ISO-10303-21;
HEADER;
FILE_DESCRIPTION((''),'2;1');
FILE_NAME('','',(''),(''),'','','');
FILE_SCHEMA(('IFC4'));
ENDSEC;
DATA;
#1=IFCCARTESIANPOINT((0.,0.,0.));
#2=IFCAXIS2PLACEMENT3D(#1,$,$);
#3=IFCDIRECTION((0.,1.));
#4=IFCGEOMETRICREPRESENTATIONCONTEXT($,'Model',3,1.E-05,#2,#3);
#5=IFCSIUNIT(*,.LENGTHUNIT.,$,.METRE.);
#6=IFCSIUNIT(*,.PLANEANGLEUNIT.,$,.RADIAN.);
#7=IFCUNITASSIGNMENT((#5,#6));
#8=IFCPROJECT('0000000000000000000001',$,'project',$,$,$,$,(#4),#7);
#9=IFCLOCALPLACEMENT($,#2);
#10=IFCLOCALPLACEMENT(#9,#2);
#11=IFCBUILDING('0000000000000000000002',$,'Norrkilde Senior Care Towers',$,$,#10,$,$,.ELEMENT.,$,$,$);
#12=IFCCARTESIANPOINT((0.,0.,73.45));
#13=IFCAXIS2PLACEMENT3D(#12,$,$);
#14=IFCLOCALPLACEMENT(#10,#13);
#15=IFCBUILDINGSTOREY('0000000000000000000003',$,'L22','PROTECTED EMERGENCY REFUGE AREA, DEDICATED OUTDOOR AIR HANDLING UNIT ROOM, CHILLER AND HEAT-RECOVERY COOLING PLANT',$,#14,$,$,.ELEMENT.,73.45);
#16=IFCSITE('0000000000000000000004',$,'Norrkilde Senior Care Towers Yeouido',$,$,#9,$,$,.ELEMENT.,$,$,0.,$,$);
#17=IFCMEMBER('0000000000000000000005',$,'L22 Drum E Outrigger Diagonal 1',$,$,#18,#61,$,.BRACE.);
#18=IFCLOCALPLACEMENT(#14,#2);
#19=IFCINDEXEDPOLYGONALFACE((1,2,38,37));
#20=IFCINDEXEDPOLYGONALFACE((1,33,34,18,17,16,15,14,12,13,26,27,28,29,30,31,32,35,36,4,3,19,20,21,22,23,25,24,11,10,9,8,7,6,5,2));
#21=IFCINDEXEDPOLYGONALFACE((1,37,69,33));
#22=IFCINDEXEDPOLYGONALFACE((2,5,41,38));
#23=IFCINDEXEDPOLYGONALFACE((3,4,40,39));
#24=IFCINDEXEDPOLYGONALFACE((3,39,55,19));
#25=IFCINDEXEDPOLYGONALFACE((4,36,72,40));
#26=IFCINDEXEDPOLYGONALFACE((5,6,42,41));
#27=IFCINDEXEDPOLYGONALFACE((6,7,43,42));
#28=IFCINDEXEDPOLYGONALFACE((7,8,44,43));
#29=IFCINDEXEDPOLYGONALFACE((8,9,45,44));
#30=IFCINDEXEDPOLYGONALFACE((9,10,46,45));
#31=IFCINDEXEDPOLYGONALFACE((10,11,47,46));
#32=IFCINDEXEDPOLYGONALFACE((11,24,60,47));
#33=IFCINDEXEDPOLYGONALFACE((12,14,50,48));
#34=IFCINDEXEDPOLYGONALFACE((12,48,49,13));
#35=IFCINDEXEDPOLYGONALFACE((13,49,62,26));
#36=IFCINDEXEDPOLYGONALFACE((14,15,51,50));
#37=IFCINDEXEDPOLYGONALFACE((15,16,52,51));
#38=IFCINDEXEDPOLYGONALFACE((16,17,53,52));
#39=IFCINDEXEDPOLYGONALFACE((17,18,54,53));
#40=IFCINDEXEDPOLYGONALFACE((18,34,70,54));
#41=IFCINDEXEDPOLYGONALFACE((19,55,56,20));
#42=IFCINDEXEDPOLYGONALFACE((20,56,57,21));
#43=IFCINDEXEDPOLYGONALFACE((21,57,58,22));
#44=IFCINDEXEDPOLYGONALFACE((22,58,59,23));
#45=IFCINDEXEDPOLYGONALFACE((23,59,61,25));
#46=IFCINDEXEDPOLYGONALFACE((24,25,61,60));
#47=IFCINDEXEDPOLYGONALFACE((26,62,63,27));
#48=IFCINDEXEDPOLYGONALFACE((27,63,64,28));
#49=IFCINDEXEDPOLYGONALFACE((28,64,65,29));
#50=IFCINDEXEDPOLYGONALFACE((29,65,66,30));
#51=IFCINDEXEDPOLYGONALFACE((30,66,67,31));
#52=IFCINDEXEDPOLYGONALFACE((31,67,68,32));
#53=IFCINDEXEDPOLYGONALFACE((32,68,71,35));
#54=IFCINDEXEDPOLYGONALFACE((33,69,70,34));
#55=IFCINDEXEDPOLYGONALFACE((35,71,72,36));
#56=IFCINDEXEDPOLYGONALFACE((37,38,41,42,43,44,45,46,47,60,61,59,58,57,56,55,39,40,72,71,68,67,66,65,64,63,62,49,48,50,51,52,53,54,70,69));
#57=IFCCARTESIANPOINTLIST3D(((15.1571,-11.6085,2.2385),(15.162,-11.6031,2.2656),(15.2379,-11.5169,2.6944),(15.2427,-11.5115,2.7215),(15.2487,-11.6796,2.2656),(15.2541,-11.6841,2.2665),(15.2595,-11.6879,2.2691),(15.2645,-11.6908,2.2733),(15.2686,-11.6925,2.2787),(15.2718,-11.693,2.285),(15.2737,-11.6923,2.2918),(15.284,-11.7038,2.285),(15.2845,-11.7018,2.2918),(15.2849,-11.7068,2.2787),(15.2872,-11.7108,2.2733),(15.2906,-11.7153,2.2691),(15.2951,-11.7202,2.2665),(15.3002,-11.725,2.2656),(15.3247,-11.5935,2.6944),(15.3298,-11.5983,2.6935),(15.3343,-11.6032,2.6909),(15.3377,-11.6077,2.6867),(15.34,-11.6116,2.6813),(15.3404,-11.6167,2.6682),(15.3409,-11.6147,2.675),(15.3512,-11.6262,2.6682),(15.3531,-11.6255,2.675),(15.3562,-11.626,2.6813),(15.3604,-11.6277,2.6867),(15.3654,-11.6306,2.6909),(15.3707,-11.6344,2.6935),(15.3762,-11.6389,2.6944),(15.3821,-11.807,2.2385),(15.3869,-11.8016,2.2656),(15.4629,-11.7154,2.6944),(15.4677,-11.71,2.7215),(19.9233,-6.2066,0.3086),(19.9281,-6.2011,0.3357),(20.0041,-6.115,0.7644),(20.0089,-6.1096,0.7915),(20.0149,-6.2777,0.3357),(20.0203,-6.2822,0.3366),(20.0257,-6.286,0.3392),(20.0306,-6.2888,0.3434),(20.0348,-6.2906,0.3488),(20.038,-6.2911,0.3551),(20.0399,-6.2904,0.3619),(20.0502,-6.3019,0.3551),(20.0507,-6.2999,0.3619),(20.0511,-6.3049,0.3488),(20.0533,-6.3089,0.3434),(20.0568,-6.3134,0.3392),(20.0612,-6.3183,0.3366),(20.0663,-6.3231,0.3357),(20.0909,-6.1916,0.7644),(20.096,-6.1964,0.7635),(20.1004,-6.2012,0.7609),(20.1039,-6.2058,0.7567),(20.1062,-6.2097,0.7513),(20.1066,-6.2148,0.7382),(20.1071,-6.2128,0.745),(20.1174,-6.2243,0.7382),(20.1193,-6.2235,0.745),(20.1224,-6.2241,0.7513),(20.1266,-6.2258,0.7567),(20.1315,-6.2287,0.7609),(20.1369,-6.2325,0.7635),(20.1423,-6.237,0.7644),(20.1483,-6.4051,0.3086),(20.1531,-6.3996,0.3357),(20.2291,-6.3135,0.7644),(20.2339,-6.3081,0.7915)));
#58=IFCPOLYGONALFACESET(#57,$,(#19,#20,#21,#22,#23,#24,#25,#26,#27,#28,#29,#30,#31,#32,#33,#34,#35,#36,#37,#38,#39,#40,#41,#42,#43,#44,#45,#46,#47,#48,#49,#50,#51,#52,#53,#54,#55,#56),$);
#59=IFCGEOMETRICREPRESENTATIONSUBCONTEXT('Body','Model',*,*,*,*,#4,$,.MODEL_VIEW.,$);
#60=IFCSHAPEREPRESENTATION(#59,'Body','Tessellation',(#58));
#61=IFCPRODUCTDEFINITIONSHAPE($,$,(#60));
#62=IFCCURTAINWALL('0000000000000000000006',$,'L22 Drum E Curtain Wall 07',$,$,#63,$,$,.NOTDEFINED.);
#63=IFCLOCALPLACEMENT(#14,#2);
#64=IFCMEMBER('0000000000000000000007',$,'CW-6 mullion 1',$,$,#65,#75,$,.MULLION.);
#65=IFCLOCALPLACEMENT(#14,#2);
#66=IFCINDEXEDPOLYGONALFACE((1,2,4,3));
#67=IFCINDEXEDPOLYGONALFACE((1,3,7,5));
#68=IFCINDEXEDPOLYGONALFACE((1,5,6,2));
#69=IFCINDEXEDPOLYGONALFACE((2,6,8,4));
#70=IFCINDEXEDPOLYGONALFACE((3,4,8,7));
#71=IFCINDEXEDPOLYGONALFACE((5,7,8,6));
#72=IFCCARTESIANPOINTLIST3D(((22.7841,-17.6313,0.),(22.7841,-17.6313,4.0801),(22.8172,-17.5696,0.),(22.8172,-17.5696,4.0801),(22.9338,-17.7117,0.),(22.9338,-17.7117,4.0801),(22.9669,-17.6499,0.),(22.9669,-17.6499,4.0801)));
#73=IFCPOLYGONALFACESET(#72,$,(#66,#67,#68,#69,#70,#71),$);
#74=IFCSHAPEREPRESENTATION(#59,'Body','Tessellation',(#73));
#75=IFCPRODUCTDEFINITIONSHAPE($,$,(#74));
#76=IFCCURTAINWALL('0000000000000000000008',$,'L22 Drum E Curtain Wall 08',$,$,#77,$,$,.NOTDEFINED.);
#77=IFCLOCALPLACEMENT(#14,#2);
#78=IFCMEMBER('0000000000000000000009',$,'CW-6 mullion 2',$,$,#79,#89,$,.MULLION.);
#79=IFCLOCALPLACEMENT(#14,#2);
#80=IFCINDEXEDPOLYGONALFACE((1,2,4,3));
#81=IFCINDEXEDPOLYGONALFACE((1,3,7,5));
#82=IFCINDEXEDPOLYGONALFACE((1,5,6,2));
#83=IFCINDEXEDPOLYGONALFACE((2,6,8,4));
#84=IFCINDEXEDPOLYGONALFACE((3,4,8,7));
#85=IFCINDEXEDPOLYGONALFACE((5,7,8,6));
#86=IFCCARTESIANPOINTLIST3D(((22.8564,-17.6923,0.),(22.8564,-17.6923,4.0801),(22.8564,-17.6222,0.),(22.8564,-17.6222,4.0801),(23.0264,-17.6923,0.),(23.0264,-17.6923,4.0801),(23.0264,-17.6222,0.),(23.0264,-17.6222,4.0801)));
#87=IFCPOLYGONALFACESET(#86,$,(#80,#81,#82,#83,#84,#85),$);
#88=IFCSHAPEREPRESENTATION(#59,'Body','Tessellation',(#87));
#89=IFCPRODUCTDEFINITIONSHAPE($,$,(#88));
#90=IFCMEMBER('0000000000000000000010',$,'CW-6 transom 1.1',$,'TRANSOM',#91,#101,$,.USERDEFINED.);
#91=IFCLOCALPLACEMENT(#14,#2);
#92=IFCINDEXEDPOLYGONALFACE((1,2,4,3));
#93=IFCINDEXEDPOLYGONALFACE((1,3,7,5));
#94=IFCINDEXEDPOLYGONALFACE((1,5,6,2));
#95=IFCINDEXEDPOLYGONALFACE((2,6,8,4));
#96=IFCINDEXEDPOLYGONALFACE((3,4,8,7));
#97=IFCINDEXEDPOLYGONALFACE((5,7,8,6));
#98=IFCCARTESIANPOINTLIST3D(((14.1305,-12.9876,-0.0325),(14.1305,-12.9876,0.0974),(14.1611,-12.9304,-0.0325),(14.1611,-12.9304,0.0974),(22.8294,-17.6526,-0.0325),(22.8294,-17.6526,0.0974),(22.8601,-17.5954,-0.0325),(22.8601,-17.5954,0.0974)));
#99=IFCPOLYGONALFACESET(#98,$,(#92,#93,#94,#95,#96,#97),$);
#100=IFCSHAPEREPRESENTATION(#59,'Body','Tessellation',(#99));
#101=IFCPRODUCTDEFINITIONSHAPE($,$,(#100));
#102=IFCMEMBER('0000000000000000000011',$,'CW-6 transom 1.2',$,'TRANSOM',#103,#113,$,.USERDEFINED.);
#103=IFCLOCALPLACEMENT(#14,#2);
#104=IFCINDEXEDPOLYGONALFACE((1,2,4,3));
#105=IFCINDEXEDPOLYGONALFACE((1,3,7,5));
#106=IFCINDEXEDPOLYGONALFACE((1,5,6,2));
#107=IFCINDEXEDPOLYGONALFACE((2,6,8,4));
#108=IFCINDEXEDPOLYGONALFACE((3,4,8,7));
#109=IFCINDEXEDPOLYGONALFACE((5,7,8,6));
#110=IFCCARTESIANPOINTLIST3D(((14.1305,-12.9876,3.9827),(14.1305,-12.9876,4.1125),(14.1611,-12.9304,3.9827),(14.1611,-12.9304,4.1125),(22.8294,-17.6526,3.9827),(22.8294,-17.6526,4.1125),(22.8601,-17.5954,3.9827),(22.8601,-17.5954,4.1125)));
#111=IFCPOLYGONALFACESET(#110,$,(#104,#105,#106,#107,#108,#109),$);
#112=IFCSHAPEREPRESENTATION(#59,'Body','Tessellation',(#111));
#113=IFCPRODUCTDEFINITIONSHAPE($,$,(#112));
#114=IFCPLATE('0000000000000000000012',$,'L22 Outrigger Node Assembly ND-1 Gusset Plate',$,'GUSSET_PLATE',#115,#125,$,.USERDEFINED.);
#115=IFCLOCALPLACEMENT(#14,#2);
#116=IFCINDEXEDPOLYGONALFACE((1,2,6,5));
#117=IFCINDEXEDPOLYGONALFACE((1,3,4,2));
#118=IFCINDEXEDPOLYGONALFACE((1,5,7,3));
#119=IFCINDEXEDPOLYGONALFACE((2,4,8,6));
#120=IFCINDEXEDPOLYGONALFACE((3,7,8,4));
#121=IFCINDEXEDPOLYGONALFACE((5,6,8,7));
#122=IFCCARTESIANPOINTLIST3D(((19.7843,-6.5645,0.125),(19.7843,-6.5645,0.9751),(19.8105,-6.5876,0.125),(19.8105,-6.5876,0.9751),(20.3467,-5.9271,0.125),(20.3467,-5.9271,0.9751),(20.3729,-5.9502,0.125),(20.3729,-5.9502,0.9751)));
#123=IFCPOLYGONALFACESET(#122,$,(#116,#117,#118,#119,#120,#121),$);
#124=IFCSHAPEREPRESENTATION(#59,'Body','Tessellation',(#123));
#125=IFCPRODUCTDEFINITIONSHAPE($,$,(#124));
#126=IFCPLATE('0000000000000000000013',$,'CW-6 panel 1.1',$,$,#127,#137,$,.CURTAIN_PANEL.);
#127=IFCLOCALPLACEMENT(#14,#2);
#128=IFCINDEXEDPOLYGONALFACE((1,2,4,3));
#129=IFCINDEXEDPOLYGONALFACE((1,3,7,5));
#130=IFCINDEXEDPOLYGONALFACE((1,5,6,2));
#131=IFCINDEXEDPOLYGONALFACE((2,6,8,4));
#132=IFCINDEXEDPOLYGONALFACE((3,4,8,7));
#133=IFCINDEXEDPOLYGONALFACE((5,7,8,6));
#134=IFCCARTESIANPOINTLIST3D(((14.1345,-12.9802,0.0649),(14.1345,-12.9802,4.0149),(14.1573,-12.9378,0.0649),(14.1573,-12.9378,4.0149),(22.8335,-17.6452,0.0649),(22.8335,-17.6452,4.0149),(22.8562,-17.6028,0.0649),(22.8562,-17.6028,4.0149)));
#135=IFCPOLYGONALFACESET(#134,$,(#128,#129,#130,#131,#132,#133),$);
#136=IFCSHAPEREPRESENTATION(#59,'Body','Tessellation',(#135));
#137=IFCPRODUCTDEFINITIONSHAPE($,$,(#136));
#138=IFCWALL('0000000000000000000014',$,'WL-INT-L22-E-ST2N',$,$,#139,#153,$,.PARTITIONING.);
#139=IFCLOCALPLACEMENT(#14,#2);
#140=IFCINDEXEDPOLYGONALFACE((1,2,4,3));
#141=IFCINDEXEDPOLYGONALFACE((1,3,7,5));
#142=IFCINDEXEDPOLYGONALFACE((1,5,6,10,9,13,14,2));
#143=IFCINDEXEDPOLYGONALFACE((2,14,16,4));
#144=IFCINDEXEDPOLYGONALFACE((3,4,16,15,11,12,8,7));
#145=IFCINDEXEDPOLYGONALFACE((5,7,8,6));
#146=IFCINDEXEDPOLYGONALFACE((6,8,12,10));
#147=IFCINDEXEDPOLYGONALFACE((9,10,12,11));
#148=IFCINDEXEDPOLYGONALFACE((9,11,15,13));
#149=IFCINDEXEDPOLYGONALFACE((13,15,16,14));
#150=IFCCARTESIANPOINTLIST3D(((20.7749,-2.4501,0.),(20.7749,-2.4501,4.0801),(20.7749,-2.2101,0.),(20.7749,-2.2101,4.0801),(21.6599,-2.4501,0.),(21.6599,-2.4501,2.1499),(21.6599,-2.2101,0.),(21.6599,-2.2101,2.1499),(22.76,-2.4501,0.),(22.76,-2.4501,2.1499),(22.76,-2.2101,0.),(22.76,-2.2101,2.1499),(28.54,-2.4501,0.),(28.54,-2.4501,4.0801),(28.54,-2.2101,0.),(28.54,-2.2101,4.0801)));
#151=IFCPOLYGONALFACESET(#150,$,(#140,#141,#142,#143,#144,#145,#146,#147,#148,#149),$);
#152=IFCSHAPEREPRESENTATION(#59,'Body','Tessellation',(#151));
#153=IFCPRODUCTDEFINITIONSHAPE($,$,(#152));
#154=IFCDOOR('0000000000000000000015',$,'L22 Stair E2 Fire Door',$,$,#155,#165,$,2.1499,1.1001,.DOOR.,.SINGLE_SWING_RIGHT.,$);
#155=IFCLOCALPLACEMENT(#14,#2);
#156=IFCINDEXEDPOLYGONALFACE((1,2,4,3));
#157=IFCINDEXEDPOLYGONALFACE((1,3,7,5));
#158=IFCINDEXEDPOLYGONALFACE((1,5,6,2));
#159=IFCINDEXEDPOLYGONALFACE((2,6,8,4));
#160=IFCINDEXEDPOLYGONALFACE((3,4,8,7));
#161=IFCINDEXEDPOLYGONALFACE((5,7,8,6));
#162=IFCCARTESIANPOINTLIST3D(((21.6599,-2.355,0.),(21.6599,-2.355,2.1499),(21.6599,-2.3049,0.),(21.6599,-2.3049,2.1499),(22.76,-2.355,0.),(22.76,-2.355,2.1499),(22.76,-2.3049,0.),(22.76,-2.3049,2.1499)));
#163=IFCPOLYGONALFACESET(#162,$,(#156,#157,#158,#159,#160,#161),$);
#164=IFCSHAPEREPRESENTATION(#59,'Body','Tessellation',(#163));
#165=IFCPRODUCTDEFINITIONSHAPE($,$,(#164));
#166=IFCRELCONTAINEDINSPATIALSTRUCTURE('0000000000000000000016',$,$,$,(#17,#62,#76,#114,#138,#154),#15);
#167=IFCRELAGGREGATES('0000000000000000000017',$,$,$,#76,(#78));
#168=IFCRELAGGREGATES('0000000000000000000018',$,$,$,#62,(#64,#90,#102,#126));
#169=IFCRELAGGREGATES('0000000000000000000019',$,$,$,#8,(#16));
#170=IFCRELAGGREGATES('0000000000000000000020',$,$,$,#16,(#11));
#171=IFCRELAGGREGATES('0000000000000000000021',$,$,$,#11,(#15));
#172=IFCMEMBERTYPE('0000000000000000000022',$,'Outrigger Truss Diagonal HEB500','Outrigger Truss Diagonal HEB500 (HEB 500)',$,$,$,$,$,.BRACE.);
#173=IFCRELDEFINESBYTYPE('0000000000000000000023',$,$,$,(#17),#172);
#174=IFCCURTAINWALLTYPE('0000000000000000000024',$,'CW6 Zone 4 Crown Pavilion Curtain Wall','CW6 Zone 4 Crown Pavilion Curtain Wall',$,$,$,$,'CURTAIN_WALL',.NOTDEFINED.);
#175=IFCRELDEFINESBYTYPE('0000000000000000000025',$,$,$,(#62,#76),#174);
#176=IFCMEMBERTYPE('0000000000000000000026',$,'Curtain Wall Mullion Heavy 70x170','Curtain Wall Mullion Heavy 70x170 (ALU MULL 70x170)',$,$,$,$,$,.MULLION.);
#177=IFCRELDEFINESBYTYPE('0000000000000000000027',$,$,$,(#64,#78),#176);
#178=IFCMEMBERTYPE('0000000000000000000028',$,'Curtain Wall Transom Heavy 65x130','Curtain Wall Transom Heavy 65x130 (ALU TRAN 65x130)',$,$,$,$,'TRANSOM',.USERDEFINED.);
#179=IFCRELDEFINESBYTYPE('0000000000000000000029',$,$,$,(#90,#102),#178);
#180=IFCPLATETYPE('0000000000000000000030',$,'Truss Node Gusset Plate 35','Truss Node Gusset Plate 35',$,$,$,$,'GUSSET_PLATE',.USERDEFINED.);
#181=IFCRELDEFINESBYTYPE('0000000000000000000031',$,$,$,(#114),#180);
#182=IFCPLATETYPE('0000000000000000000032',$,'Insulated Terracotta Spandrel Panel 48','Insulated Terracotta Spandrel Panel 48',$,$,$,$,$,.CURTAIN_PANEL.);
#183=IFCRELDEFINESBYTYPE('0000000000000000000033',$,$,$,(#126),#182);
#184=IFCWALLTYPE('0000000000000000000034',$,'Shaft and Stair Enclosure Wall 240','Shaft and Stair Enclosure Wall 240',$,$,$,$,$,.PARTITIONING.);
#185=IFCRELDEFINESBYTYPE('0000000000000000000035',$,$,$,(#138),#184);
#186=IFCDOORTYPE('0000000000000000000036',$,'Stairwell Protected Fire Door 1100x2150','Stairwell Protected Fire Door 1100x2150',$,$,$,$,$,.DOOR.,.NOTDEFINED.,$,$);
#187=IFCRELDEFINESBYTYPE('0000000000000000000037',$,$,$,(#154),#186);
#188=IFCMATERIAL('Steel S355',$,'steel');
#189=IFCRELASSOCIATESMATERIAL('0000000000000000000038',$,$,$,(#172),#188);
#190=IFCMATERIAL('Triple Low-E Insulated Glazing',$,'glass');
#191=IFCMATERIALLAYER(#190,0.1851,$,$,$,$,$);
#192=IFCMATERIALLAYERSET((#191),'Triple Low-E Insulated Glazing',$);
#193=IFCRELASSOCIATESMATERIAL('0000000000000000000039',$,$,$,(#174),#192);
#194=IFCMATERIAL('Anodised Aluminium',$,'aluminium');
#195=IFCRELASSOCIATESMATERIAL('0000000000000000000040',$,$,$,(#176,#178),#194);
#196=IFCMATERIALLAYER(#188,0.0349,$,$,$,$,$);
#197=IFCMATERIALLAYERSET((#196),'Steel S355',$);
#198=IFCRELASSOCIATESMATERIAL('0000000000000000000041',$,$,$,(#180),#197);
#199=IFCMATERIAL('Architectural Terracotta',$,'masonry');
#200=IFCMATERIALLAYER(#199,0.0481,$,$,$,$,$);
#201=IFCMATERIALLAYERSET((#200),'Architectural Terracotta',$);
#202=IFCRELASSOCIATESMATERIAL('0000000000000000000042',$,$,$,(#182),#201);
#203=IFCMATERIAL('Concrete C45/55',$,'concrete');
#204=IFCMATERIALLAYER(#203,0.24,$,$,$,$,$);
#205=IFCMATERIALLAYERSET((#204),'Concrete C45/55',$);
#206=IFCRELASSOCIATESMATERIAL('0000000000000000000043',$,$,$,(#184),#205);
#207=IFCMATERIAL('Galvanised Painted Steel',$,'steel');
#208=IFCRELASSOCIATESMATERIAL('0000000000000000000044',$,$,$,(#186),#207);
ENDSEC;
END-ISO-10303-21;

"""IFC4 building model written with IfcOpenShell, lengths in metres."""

from ifc_helpers import new_model, si_unit, direction, frame, frame_2d, origin, origin_2d, place, context, subcontext, project, spatial, rectangle, i_section, extrude, source, transform, mapped, material, layer, layer_set, material_profile, profile_set, type_object, type_shapes, element, fill, aggregate, save


model = new_model("IFC4")

# Units and contexts
model_context = context("Model", 3, precision=1e-05, world=origin(), true_north=direction((0.0, 1.0)))
body_context = subcontext(model_context, "Body", "Model", "MODEL_VIEW")
ifc_project = project(units=[si_unit("LENGTHUNIT", "METRE"), si_unit("PLANEANGLEUNIT", "RADIAN")], contexts=[model_context])

# Site, building, storey
site_placement = place(None, origin())
site = spatial("IfcSite", under=ifc_project, at=site_placement, Name="Norrkilde Senior Care Towers Yeouido", CompositionType="ELEMENT", RefElevation=0.0)
building_placement = place(site_placement, origin())
building = spatial("IfcBuilding", under=site, at=building_placement, Name="Norrkilde Senior Care Towers", CompositionType="ELEMENT")
storey_placement = place(building_placement, frame((0.0, 0.0, 73.45)))
storey = spatial("IfcBuildingStorey", under=building, at=storey_placement, Name="L22", Description="PROTECTED EMERGENCY REFUGE AREA, DEDICATED OUTDOOR AIR HANDLING UNIT ROOM, CHILLER AND HEAT-RECOVERY COOLING PLANT", CompositionType="ELEMENT", Elevation=73.45)

# Member
ifc_material_1 = material(Name="Steel S355", Category="steel")
ifc_material_profile_1 = material_profile(ifc_material_1, i_section(OverallWidth=0.3, OverallDepth=0.5, WebThickness=0.0144, FlangeThickness=0.0281, FilletRadius=0.0271, at=origin_2d()), Name="HEB 500")
ifc_profile_set_1 = profile_set([ifc_material_profile_1], Name="Steel S355")
member_type_1 = type_object("IfcMemberType", Name="Outrigger Truss Diagonal HEB500", Description="Outrigger Truss Diagonal HEB500 (HEB 500)", PredefinedType="BRACE", material=ifc_profile_set_1)
shared_shape_1 = source(origin(), body_context, "Body", "SweptSolid", [
    extrude(i_section(OverallWidth=0.3, OverallDepth=0.5, WebThickness=0.0144, FlangeThickness=0.0281, FilletRadius=0.0271, at=origin_2d()), origin(), (0.0, 0.0, 1.0), 7.458),
])
type_shapes(member_type_1, [shared_shape_1])
member_1_placement = place(storey_placement, frame((20.0786, -6.2573, 0.55), z_axis=(-0.639068, -0.724312, 0.258776), x_axis=(0.749854, -0.661604, 0.0)))
element("IfcMember", 1, at=member_1_placement, inside=storey, type_object=member_type_1, Name="L22 Drum E Outrigger Diagonal 1", PredefinedType="BRACE", context=body_context, shape_type="MappedRepresentation", body=[
    mapped(shared_shape_1, transform((0.0, 0.0, 0.0), x_axis=(1.0, 0.0, 0.0), y_axis=(0.0, 1.0, 0.0), z_axis=(0.0, 0.0, 1.0), scale=1.0)),
])

# Curtain walls, members
ifc_material_2 = material(Name="Triple Low-E Insulated Glazing", Category="glass")
ifc_layer_1 = layer(ifc_material_2, 0.1851)
ifc_layer_set_1 = layer_set([ifc_layer_1], Name="Triple Low-E Insulated Glazing")
curtain_wall_type = type_object("IfcCurtainWallType", Name="CW6 Zone 4 Crown Pavilion Curtain Wall", Description="CW6 Zone 4 Crown Pavilion Curtain Wall", ElementType="CURTAIN_WALL", PredefinedType="NOTDEFINED", material=ifc_layer_set_1)
curtain_wall_1_placement = place(storey_placement, origin())
curtain_wall_1 = element("IfcCurtainWall", 2, at=curtain_wall_1_placement, inside=storey, type_object=curtain_wall_type, Name="L22 Drum E Curtain Wall 07", PredefinedType="NOTDEFINED")
ifc_material_3 = material(Name="Anodised Aluminium", Category="aluminium")
ifc_material_profile_2 = material_profile(ifc_material_3, rectangle(XDim=0.0701, YDim=0.1699, at=origin_2d()), Name="ALU MULL 70x170")
ifc_profile_set_2 = profile_set([ifc_material_profile_2], Name="Anodised Aluminium")
member_type_2 = type_object("IfcMemberType", Name="Curtain Wall Mullion Heavy 70x170", Description="Curtain Wall Mullion Heavy 70x170 (ALU MULL 70x170)", PredefinedType="MULLION", material=ifc_profile_set_2)
shared_shape_2 = source(origin(), body_context, "Body", "SweptSolid", [
    extrude(rectangle(XDim=0.0701, YDim=0.1699, at=origin_2d()), origin(), (0.0, 0.0, 1.0), 4.0801),
])
type_shapes(member_type_2, [shared_shape_2])
member_2_placement = place(storey_placement, frame((22.8755, -17.6406, 0.0), z_axis=(0.0, 0.0, 1.0), x_axis=(-0.472608, -0.881273, 0.0)))
member_2 = element("IfcMember", 3, at=member_2_placement, type_object=member_type_2, Name="CW-6 mullion 1", PredefinedType="MULLION", context=body_context, shape_type="MappedRepresentation", body=[
    mapped(shared_shape_2, transform((0.0, 0.0, 0.0), x_axis=(1.0, 0.0, 0.0), y_axis=(0.0, 1.0, 0.0), z_axis=(0.0, 0.0, 1.0), scale=1.0)),
])
curtain_wall_2_placement = place(storey_placement, origin())
curtain_wall_2 = element("IfcCurtainWall", 4, at=curtain_wall_2_placement, inside=storey, type_object=curtain_wall_type, Name="L22 Drum E Curtain Wall 08", PredefinedType="NOTDEFINED")
member_3_placement = place(storey_placement, frame((22.9414, -17.6572, 0.0), z_axis=(0.0, 0.0, 1.0), x_axis=(0.0, -1.0, 0.0)))
member_3 = element("IfcMember", 5, at=member_3_placement, type_object=member_type_2, Name="CW-6 mullion 2", PredefinedType="MULLION", context=body_context, shape_type="MappedRepresentation", body=[
    mapped(shared_shape_2, transform((0.0, 0.0, 0.0), x_axis=(1.0, 0.0, 0.0), y_axis=(0.0, 1.0, 0.0), z_axis=(0.0, 0.0, 1.0), scale=1.0)),
])
aggregate(curtain_wall_2, [member_3])

# Members
ifc_material_profile_3 = material_profile(ifc_material_3, rectangle(XDim=0.0649, YDim=0.1299, at=origin_2d()), Name="ALU TRAN 65x130")
ifc_profile_set_3 = profile_set([ifc_material_profile_3], Name="Anodised Aluminium")
member_type_3 = type_object("IfcMemberType", Name="Curtain Wall Transom Heavy 65x130", Description="Curtain Wall Transom Heavy 65x130 (ALU TRAN 65x130)", ElementType="TRANSOM", PredefinedType="USERDEFINED", material=ifc_profile_set_3)
shared_shape_3 = source(origin(), body_context, "Body", "SweptSolid", [
    extrude(rectangle(XDim=0.0649, YDim=0.1299, at=origin_2d()), origin(), (0.0, 0.0, 1.0), 9.8708),
])
type_shapes(member_type_3, [shared_shape_3])
member_4_placement = place(storey_placement, frame((22.8447, -17.624, 0.0325), z_axis=(-0.881274, 0.472605, 0.0), x_axis=(-0.472605, -0.881274, 0.0)))
member_4 = element("IfcMember", 6, at=member_4_placement, type_object=member_type_3, Name="CW-6 transom 1.1", ObjectType="TRANSOM", PredefinedType="USERDEFINED", context=body_context, shape_type="MappedRepresentation", body=[
    mapped(shared_shape_3, transform((0.0, 0.0, 0.0), x_axis=(1.0, 0.0, 0.0), y_axis=(0.0, 1.0, 0.0), z_axis=(0.0, 0.0, 1.0), scale=1.0)),
])
member_5_placement = place(storey_placement, frame((22.8447, -17.624, 4.0476), z_axis=(-0.881274, 0.472605, 0.0), x_axis=(-0.472605, -0.881274, 0.0)))
member_5 = element("IfcMember", 7, at=member_5_placement, type_object=member_type_3, Name="CW-6 transom 1.2", ObjectType="TRANSOM", PredefinedType="USERDEFINED", context=body_context, shape_type="MappedRepresentation", body=[
    mapped(shared_shape_3, transform((0.0, 0.0, 0.0), x_axis=(1.0, 0.0, 0.0), y_axis=(0.0, 1.0, 0.0), z_axis=(0.0, 0.0, 1.0), scale=1.0)),
])

# Plates
ifc_layer_2 = layer(ifc_material_1, 0.0349)
ifc_layer_set_2 = layer_set([ifc_layer_2], Name="Steel S355")
plate_type_1 = type_object("IfcPlateType", Name="Truss Node Gusset Plate 35", Description="Truss Node Gusset Plate 35", ElementType="GUSSET_PLATE", PredefinedType="USERDEFINED", material=ifc_layer_set_2)
shared_shape_4 = source(origin(), body_context, "Body", "SweptSolid", [
    extrude(rectangle(XDim=0.8501, YDim=0.0349, at=origin_2d()), origin(), (0.0, 0.0, 1.0), 0.8501),
])
type_shapes(plate_type_1, [shared_shape_4])
plate_1_placement = place(storey_placement, frame((20.0786, -6.2573, 0.125), z_axis=(0.0, 0.0, 1.0), x_axis=(-0.661622, -0.749838, 0.0)))
element("IfcPlate", 8, at=plate_1_placement, inside=storey, type_object=plate_type_1, Name="L22 Outrigger Node Assembly ND-1 Gusset Plate", ObjectType="GUSSET_PLATE", PredefinedType="USERDEFINED", context=body_context, shape_type="MappedRepresentation", body=[
    mapped(shared_shape_4, transform((0.0, 0.0, 0.0), x_axis=(1.0, 0.0, 0.0), y_axis=(0.0, 1.0, 0.0), z_axis=(0.0, 0.0, 1.0), scale=1.0)),
])
ifc_material_4 = material(Name="Architectural Terracotta", Category="masonry")
ifc_layer_3 = layer(ifc_material_4, 0.0481)
ifc_layer_set_3 = layer_set([ifc_layer_3], Name="Architectural Terracotta")
plate_type_2 = type_object("IfcPlateType", Name="Insulated Terracotta Spandrel Panel 48", Description="Insulated Terracotta Spandrel Panel 48", PredefinedType="CURTAIN_PANEL", material=ifc_layer_set_3)
shared_shape_5 = source(origin(), body_context, "Body", "SweptSolid", [
    extrude(rectangle(XDim=9.8708, YDim=0.0481, at=origin_2d()), origin(), (0.0, 0.0, 1.0), 3.95),
])
type_shapes(plate_type_2, [shared_shape_5])
plate_2_placement = place(storey_placement, frame((18.4954, -15.2915, 0.0649), z_axis=(0.0, 0.0, 1.0), x_axis=(-0.881273, 0.472608, 0.0)))
plate_2 = element("IfcPlate", 9, at=plate_2_placement, type_object=plate_type_2, Name="CW-6 panel 1.1", PredefinedType="CURTAIN_PANEL", context=body_context, shape_type="MappedRepresentation", body=[
    mapped(shared_shape_5, transform((0.0, 0.0, 0.0), x_axis=(1.0, 0.0, 0.0), y_axis=(0.0, 1.0, 0.0), z_axis=(0.0, 0.0, 1.0), scale=1.0)),
])
aggregate(curtain_wall_1, [member_2, member_4, member_5, plate_2])

# Wall, opening, door
ifc_material_5 = material(Name="Galvanised Painted Steel", Category="steel")
ifc_material_6 = material(Name="Concrete C45/55", Category="concrete")
ifc_layer_4 = layer(ifc_material_6, 0.24)
ifc_layer_set_4 = layer_set([ifc_layer_4], Name="Concrete C45/55")
wall_type_1 = type_object("IfcWallType", Name="Shaft and Stair Enclosure Wall 240", Description="Shaft and Stair Enclosure Wall 240", PredefinedType="PARTITIONING", material=ifc_layer_set_4)
shared_shape_6 = source(origin(), body_context, "Body", "SweptSolid", [
    extrude(rectangle(XDim=7.7651, YDim=0.24, at=frame_2d((3.8826, 0.0))), origin(), (0.0, 0.0, 1.0), 4.0801),
])
wall_1_placement = place(storey_placement, frame((20.7749, -2.3301, 0.0), z_axis=(0.0, 0.0, 1.0), x_axis=(1.0, 0.0, 0.0)))
wall_1 = element("IfcWall", 10, at=wall_1_placement, inside=storey, type_object=wall_type_1, Name="WL-INT-L22-E-ST2N", PredefinedType="PARTITIONING", context=body_context, shape_type="MappedRepresentation", body=[
    mapped(shared_shape_6, transform((0.0, 0.0, 0.0), x_axis=(1.0, 0.0, 0.0), y_axis=(0.0, 1.0, 0.0), z_axis=(0.0, 0.0, 1.0), scale=1.0)),
])
opening_1_placement = place(wall_1_placement, frame((0.885, 0.0, 0.0)))
opening_1 = element("IfcOpeningElement", 11, at=opening_1_placement, cuts=wall_1, PredefinedType="OPENING", context=body_context, shape_type="SweptSolid", body=[
    extrude(rectangle(XDim=1.1001, YDim=2.1499, at=frame_2d((0.55, 1.075))), frame((0.0, 0.1299, 0.0), z_axis=(0.0, -1.0, 0.0), x_axis=(1.0, 0.0, 0.0)), (0.0, 0.0, 1.0), 0.26),
])
door_type_1 = type_object("IfcDoorType", Name="Stairwell Protected Fire Door 1100x2150", Description="Stairwell Protected Fire Door 1100x2150", OperationType="NOTDEFINED", PredefinedType="DOOR", material=ifc_material_5)
shared_shape_7 = source(origin(), body_context, "Body", "SweptSolid", [
    extrude(rectangle(XDim=1.1001, YDim=2.1499, at=frame_2d((0.55, 1.075))), frame((0.0, 0.0249, 0.0), z_axis=(0.0, -1.0, 0.0), x_axis=(1.0, 0.0, 0.0)), (0.0, 0.0, 1.0), 0.05),
])
type_shapes(door_type_1, [shared_shape_7])
door_1_placement = place(opening_1_placement, frame((1.1001, 0.0, 0.0), z_axis=(0.0, 0.0, 1.0), x_axis=(-1.0, 0.0, 0.0)))
door_1 = element("IfcDoor", 12, at=door_1_placement, inside=storey, type_object=door_type_1, Name="L22 Stair E2 Fire Door", OperationType="SINGLE_SWING_RIGHT", OverallHeight=2.1499, OverallWidth=1.1001, PredefinedType="DOOR", context=body_context, shape_type="MappedRepresentation", body=[
    mapped(shared_shape_7, transform((0.0, 0.0, 0.0), x_axis=(1.0, 0.0, 0.0), y_axis=(0.0, 1.0, 0.0), z_axis=(0.0, 0.0, 1.0), scale=1.0)),
])
fill(opening_1, door_1)

save(model, "model.ifc")
